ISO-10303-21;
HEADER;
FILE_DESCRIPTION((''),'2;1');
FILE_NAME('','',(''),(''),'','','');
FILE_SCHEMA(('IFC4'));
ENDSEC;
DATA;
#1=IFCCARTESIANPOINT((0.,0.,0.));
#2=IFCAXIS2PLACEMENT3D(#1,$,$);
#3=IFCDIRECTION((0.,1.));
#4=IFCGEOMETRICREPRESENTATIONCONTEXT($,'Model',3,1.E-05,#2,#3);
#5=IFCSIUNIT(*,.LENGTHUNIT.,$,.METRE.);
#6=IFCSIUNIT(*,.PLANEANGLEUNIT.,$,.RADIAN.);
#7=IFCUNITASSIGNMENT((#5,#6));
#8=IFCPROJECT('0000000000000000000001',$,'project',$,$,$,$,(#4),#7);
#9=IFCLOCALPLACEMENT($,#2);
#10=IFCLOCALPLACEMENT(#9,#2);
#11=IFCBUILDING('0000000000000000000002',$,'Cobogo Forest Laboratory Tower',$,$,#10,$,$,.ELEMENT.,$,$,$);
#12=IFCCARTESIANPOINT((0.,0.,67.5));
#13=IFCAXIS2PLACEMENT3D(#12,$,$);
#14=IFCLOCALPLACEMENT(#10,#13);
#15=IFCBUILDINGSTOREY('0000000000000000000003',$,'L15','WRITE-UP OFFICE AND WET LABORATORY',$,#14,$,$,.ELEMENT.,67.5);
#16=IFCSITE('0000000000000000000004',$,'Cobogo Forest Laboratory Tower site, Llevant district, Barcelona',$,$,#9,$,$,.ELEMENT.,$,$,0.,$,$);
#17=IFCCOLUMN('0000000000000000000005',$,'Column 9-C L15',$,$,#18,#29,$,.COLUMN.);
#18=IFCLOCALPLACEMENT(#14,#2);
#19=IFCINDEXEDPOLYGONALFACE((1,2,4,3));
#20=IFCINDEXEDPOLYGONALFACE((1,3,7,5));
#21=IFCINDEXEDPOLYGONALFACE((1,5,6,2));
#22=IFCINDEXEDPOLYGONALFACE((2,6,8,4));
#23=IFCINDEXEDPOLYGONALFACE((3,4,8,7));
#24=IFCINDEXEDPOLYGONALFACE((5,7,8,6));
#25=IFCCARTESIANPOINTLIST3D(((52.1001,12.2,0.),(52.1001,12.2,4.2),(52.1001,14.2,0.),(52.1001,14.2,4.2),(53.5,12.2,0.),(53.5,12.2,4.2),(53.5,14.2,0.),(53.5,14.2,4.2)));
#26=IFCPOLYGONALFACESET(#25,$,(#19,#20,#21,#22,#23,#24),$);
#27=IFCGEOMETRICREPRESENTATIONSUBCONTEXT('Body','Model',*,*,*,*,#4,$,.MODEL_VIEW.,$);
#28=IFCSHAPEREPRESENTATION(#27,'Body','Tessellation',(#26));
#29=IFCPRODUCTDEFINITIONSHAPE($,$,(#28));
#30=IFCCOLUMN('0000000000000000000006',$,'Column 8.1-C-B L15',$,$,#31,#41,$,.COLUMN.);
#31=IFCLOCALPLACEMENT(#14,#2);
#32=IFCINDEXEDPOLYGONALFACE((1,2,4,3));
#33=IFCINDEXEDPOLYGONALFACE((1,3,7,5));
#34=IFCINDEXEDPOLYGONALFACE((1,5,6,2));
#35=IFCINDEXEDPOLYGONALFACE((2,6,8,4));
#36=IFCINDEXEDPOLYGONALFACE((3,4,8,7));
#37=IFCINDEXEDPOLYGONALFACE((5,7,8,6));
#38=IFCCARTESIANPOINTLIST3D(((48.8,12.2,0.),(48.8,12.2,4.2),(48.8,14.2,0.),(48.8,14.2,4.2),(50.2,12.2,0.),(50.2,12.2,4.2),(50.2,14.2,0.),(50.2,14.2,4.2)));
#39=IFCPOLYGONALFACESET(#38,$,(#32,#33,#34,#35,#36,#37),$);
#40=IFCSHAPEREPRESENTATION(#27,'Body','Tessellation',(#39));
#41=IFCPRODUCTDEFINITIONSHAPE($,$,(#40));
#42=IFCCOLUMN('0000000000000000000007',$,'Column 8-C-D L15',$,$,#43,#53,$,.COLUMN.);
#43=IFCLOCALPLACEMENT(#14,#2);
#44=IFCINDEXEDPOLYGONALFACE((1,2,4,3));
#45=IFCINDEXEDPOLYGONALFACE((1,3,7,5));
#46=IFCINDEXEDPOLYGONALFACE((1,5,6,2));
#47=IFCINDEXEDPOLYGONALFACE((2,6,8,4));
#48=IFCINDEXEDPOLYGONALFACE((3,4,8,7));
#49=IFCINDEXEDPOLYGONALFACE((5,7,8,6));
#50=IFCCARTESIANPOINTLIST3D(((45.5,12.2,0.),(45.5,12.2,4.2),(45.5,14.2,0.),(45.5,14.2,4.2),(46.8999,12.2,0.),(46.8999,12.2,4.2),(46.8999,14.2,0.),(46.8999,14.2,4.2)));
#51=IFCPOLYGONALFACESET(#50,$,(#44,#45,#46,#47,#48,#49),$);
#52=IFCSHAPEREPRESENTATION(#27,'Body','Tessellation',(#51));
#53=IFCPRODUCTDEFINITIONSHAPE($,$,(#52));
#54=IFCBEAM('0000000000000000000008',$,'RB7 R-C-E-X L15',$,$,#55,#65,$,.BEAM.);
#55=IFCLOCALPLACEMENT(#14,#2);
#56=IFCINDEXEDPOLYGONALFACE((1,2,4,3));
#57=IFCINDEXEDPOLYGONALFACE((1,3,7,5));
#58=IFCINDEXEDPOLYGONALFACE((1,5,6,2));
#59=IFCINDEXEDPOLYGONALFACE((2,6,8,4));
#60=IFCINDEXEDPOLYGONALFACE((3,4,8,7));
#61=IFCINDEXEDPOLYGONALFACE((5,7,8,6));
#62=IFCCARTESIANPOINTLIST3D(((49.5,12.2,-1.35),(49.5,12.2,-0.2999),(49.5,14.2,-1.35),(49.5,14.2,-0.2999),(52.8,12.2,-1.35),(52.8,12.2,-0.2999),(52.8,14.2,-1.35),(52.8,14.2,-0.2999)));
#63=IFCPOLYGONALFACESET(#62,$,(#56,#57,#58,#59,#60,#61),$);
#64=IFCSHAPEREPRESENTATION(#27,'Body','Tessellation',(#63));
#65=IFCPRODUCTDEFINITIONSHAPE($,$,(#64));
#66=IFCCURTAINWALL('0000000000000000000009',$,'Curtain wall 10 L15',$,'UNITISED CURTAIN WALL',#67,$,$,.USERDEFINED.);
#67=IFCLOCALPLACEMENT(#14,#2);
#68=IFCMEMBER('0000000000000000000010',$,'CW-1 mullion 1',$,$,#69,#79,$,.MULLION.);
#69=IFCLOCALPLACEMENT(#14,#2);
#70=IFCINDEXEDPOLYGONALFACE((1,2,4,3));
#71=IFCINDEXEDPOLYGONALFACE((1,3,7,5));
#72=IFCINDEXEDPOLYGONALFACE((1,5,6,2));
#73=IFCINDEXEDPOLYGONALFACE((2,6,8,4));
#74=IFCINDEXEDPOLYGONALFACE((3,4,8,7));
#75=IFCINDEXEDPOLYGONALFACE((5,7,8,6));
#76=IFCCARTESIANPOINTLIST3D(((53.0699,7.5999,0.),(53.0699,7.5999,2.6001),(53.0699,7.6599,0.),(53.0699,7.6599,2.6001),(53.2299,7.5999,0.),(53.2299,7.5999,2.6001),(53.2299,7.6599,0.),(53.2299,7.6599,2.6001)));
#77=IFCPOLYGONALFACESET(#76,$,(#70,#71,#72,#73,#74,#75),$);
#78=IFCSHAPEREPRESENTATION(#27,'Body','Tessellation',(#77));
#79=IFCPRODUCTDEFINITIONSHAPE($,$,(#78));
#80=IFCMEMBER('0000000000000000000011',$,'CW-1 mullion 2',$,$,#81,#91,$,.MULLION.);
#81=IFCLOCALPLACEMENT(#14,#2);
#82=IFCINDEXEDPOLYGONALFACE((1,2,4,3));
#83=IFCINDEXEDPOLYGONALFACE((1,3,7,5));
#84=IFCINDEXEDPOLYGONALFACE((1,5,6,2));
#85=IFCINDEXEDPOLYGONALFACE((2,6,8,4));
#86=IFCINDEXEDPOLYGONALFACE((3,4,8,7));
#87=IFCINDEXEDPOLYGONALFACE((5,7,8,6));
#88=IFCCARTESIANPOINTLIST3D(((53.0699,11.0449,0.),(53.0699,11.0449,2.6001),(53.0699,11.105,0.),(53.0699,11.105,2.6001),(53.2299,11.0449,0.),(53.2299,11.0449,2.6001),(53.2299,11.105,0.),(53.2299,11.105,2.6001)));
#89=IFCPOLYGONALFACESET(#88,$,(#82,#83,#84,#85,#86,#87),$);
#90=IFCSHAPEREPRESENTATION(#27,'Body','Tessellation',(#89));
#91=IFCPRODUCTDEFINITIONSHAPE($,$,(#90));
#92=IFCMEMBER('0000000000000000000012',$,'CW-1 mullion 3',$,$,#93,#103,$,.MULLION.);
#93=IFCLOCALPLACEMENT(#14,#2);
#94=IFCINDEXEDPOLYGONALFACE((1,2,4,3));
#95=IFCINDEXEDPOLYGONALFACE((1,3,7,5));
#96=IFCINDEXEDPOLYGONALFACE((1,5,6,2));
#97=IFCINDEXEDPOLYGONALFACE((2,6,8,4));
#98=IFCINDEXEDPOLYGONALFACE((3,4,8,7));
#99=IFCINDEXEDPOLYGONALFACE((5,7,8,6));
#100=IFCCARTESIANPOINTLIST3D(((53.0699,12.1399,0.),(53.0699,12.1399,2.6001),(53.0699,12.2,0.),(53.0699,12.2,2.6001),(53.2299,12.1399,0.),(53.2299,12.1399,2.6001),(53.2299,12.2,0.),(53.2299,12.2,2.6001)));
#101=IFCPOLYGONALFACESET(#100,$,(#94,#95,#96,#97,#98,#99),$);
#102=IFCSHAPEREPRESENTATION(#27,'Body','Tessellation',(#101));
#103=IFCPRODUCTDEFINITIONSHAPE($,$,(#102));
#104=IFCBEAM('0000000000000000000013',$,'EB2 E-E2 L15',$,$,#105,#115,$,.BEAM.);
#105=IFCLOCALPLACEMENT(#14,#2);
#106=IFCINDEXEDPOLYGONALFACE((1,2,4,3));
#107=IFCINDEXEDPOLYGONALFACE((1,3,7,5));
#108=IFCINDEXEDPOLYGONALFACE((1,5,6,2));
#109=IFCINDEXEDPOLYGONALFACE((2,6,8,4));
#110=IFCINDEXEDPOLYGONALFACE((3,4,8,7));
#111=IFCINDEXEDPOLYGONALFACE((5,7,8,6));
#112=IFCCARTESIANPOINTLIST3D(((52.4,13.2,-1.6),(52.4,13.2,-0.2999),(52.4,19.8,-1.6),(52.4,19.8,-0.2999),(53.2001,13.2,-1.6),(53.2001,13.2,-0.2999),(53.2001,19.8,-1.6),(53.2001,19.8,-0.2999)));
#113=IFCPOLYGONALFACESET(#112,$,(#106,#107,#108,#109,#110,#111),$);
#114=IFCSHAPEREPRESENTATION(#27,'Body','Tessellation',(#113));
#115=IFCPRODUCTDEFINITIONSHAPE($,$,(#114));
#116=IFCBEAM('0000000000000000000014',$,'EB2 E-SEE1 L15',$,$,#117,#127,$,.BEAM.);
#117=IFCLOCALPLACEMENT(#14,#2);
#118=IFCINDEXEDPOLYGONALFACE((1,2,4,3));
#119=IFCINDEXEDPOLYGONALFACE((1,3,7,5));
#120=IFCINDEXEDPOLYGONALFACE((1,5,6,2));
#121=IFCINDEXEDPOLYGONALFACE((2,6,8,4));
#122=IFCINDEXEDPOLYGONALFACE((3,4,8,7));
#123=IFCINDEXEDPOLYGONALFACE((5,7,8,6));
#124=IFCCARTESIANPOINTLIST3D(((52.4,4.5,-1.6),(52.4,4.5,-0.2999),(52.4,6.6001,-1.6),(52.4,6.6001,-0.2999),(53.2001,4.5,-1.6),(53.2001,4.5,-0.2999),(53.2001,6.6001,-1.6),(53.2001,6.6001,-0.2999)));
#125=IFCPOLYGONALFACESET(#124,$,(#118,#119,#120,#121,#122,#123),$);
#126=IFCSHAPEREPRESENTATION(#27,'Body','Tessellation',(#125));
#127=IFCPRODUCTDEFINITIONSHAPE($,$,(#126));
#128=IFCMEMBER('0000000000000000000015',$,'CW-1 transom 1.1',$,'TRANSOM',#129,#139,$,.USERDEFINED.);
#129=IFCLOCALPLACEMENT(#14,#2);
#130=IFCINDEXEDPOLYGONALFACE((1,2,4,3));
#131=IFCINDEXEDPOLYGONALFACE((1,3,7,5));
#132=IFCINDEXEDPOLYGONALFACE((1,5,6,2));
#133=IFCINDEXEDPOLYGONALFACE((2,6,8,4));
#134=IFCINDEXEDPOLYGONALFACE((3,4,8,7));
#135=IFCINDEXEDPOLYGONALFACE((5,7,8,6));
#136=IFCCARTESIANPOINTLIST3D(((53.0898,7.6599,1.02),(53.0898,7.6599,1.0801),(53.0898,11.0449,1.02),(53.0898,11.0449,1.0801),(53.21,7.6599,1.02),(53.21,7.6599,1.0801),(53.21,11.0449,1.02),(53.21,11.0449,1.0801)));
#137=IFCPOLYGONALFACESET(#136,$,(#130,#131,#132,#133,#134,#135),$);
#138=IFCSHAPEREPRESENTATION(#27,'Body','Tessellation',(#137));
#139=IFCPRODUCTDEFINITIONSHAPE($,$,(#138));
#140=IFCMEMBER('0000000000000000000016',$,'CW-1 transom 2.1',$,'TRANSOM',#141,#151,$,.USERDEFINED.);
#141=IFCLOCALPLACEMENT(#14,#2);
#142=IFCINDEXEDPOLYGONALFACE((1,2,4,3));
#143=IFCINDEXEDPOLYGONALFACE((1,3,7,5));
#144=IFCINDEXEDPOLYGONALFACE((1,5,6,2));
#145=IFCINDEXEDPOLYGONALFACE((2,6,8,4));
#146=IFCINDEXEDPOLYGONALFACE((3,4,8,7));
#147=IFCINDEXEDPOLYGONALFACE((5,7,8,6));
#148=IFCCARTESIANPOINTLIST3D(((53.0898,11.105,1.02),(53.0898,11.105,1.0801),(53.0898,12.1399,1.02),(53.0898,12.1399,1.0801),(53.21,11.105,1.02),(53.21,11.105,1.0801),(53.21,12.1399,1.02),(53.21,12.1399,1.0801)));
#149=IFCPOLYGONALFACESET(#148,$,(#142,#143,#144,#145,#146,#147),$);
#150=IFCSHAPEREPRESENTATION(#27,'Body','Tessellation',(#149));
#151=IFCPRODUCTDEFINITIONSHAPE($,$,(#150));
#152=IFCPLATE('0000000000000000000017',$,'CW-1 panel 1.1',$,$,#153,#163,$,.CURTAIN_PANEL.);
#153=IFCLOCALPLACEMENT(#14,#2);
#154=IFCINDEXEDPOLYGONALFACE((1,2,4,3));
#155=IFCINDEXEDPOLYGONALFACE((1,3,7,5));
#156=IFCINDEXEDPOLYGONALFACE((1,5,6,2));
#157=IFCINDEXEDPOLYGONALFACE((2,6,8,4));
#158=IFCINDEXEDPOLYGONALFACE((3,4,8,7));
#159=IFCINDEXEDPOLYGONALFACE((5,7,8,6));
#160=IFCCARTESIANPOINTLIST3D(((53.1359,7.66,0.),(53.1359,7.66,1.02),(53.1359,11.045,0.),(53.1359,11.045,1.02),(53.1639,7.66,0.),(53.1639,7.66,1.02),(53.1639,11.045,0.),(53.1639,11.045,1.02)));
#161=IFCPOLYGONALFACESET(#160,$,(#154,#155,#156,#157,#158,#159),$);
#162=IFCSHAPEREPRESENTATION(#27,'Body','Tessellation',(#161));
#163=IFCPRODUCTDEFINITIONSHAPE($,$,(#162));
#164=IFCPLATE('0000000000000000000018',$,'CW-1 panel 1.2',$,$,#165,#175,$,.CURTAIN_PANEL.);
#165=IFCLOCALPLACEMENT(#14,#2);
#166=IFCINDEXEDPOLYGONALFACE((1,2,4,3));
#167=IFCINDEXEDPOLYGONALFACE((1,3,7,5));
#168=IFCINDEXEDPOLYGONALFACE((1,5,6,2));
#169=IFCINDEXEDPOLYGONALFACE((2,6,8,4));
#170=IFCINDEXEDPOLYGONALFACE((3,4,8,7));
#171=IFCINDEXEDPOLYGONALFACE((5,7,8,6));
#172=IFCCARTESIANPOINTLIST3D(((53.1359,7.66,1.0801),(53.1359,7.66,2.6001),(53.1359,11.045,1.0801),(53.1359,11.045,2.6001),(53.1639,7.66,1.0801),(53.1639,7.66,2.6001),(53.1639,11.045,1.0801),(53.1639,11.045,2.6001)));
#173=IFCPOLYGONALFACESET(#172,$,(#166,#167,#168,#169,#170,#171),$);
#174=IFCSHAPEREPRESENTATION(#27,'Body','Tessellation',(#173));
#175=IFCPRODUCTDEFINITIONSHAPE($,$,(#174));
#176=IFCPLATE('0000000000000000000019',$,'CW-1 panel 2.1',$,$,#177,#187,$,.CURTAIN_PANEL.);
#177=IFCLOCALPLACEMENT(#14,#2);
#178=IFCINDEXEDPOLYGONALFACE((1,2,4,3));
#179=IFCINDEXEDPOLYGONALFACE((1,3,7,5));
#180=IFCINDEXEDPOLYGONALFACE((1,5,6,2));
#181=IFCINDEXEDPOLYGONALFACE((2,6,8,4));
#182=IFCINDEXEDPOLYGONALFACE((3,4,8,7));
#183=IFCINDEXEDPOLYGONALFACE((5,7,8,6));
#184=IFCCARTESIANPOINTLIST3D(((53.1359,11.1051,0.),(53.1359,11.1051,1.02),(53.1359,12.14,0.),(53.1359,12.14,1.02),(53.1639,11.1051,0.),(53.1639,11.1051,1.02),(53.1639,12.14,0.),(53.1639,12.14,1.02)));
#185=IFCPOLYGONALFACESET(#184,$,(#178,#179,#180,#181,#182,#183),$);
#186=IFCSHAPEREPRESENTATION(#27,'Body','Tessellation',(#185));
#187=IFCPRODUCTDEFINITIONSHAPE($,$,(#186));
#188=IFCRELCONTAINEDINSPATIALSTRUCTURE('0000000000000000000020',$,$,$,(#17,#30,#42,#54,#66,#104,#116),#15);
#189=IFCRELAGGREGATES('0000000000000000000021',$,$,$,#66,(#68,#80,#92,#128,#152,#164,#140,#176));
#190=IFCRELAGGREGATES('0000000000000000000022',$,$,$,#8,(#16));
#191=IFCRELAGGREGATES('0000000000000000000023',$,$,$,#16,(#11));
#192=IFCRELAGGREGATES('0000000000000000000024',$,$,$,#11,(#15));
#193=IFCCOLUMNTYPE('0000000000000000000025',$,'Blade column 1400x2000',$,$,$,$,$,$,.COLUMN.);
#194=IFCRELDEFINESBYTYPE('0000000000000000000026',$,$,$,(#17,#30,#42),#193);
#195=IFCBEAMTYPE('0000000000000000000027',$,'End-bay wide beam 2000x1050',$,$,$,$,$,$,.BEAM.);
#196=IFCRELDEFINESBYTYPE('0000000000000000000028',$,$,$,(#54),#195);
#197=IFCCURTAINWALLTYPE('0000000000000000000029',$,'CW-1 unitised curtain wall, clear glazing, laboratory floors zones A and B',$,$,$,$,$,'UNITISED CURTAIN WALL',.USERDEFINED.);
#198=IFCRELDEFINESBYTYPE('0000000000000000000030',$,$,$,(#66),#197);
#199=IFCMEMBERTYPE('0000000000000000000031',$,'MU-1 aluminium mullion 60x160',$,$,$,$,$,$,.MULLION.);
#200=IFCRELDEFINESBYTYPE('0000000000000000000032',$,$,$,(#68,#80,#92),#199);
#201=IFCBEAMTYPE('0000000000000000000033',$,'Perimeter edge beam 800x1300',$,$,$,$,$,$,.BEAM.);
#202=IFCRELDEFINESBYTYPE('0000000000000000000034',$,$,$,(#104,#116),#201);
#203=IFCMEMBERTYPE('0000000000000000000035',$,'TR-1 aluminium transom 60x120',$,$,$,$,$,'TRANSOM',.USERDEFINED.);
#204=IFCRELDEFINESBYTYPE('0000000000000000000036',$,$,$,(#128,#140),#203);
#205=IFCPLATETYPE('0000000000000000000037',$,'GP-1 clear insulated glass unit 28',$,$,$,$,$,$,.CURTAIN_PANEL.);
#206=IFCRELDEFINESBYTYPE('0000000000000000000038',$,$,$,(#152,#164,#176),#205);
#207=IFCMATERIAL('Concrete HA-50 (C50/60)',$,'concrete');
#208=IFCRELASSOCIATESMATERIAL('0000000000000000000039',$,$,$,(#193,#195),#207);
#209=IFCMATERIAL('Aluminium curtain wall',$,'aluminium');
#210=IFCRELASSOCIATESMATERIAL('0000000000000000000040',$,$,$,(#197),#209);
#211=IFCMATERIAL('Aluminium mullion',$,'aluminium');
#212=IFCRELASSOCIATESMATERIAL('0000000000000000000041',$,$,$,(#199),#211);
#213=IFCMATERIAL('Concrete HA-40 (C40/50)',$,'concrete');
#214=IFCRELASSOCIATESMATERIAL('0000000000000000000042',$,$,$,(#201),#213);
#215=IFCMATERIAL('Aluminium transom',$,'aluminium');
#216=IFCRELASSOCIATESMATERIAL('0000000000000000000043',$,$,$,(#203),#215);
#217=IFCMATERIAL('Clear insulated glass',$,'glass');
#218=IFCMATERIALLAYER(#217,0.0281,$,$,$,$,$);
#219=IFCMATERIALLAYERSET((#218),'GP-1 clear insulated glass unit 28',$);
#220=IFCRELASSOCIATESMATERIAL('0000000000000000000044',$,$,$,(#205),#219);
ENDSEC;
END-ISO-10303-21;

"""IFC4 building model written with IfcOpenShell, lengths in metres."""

from ifc_helpers import new_model, si_unit, direction, frame, origin, origin_2d, place, context, subcontext, project, spatial, rectangle, extrude, material, layer, layer_set, material_profile, profile_set, type_object, element, aggregate, save


model = new_model("IFC4")

# Units and contexts
model_context = context("Model", 3, precision=1e-05, world=origin(), true_north=direction((0.0, 1.0)))
body_context = subcontext(model_context, "Body", "Model", "MODEL_VIEW")
ifc_project = project(units=[si_unit("LENGTHUNIT", "METRE"), si_unit("PLANEANGLEUNIT", "RADIAN")], contexts=[model_context])

# Site, building, storey
site_placement = place(None, origin())
site = spatial("IfcSite", under=ifc_project, at=site_placement, Name="Cobogo Forest Laboratory Tower site, Llevant district, Barcelona", CompositionType="ELEMENT", RefElevation=0.0)
building_placement = place(site_placement, origin())
building = spatial("IfcBuilding", under=site, at=building_placement, Name="Cobogo Forest Laboratory Tower", CompositionType="ELEMENT")
storey_placement = place(building_placement, frame((0.0, 0.0, 67.5)))
storey = spatial("IfcBuildingStorey", under=building, at=storey_placement, Name="L15", Description="WRITE-UP OFFICE AND WET LABORATORY", CompositionType="ELEMENT", Elevation=67.5)

# Columns
ifc_material_1 = material(Name="Concrete HA-50 (C50/60)", Category="concrete")
ifc_material_profile_1 = material_profile(ifc_material_1, rectangle(XDim=2.0, YDim=1.3999, at=origin_2d()), Name="RC 1400x2000")
ifc_profile_set_1 = profile_set([ifc_material_profile_1], Name="Concrete HA-50 (C50/60)")
column_type = type_object("IfcColumnType", Name="Blade column 1400x2000", PredefinedType="COLUMN", material=ifc_profile_set_1)
for number, where, z_axis, x_axis, name in (
    (1, (52.8, 13.2, 0.0), (0.0, 0.0, 1.0), (0.0, 1.0, 0.0), "Column 9-C L15"),
    (2, (49.5, 13.2, 0.0), (0.0, 0.0, 1.0), (0.0, 1.0, 0.0), "Column 8.1-C-B L15"),
    (3, (46.2, 13.2, 0.0), (0.0, 0.0, 1.0), (0.0, 1.0, 0.0), "Column 8-C-D L15"),
):
    element("IfcColumn", number, at=place(storey_placement, frame(where, z_axis=z_axis, x_axis=x_axis)), inside=storey, type_object=column_type, Name=name, PredefinedType="COLUMN", context=body_context, shape_type="SweptSolid", body=[
        extrude(rectangle(XDim=2.0, YDim=1.3999, at=origin_2d()), origin(), (0.0, 0.0, 1.0), 4.2),
    ])

# Beam
ifc_material_profile_2 = material_profile(ifc_material_1, rectangle(XDim=2.0, YDim=1.05, at=origin_2d()), Name="RC 2000x1050")
ifc_profile_set_2 = profile_set([ifc_material_profile_2], Name="Concrete HA-50 (C50/60)")
beam_type_1 = type_object("IfcBeamType", Name="End-bay wide beam 2000x1050", PredefinedType="BEAM", material=ifc_profile_set_2)
beam_1_placement = place(storey_placement, frame((52.8, 13.2, -0.825), z_axis=(-1.0, 0.0, 0.0), x_axis=(0.0, -1.0, 0.0)))
element("IfcBeam", 4, at=beam_1_placement, inside=storey, type_object=beam_type_1, Name="RB7 R-C-E-X L15", PredefinedType="BEAM", context=body_context, shape_type="SweptSolid", body=[
    extrude(rectangle(XDim=2.0, YDim=1.05, at=origin_2d()), origin(), (0.0, 0.0, 1.0), 3.3),
])

# Curtain wall, members
ifc_material_2 = material(Name="Aluminium curtain wall", Category="aluminium")
curtain_wall_type = type_object("IfcCurtainWallType", Name="CW-1 unitised curtain wall, clear glazing, laboratory floors zones A and B", ElementType="UNITISED CURTAIN WALL", PredefinedType="USERDEFINED", material=ifc_material_2)
curtain_wall_placement = place(storey_placement, origin())
curtain_wall = element("IfcCurtainWall", 5, at=curtain_wall_placement, inside=storey, type_object=curtain_wall_type, Name="Curtain wall 10 L15", ObjectType="UNITISED CURTAIN WALL", PredefinedType="USERDEFINED")
ifc_material_3 = material(Name="Aluminium mullion", Category="aluminium")
ifc_material_profile_3 = material_profile(ifc_material_3, rectangle(XDim=0.0601, YDim=0.1599, at=origin_2d()), Name="AL 60x160")
ifc_profile_set_3 = profile_set([ifc_material_profile_3], Name="Aluminium mullion")
member_type_1 = type_object("IfcMemberType", Name="MU-1 aluminium mullion 60x160", PredefinedType="MULLION", material=ifc_profile_set_3)
member_1_placement = place(storey_placement, frame((53.1499, 7.6299, 0.0), z_axis=(0.0, 0.0, 1.0), x_axis=(0.0, 1.0, 0.0)))
member_1 = element("IfcMember", 6, at=member_1_placement, type_object=member_type_1, Name="CW-1 mullion 1", PredefinedType="MULLION", context=body_context, shape_type="SweptSolid", body=[
    extrude(rectangle(XDim=0.0601, YDim=0.1599, at=origin_2d()), origin(), (0.0, 0.0, 1.0), 2.6001),
])
member_2_placement = place(storey_placement, frame((53.1499, 11.075, 0.0), z_axis=(0.0, 0.0, 1.0), x_axis=(0.0, 1.0, 0.0)))
member_2 = element("IfcMember", 7, at=member_2_placement, type_object=member_type_1, Name="CW-1 mullion 2", PredefinedType="MULLION", context=body_context, shape_type="SweptSolid", body=[
    extrude(rectangle(XDim=0.0601, YDim=0.1599, at=origin_2d()), origin(), (0.0, 0.0, 1.0), 2.6001),
])
member_3_placement = place(storey_placement, frame((53.1499, 12.1699, 0.0), z_axis=(0.0, 0.0, 1.0), x_axis=(0.0, 1.0, 0.0)))
member_3 = element("IfcMember", 8, at=member_3_placement, type_object=member_type_1, Name="CW-1 mullion 3", PredefinedType="MULLION", context=body_context, shape_type="SweptSolid", body=[
    extrude(rectangle(XDim=0.0601, YDim=0.1599, at=origin_2d()), origin(), (0.0, 0.0, 1.0), 2.6001),
])

# Beams
ifc_material_4 = material(Name="Concrete HA-40 (C40/50)", Category="concrete")
ifc_material_profile_4 = material_profile(ifc_material_4, rectangle(XDim=0.8, YDim=1.3, at=origin_2d()), Name="RC 800x1300")
ifc_profile_set_4 = profile_set([ifc_material_profile_4], Name="Concrete HA-40 (C40/50)")
beam_type_2 = type_object("IfcBeamType", Name="Perimeter edge beam 800x1300", PredefinedType="BEAM", material=ifc_profile_set_4)
beam_2_placement = place(storey_placement, frame((52.8, 13.2, -0.95), z_axis=(0.0, 1.0, 0.0), x_axis=(-1.0, 0.0, 0.0)))
element("IfcBeam", 9, at=beam_2_placement, inside=storey, type_object=beam_type_2, Name="EB2 E-E2 L15", PredefinedType="BEAM", context=body_context, shape_type="SweptSolid", body=[
    extrude(rectangle(XDim=0.8, YDim=1.3, at=origin_2d()), origin(), (0.0, 0.0, 1.0), 6.6001),
])
beam_3_placement = place(storey_placement, frame((52.8, 6.6001, -0.95), z_axis=(0.0, -1.0, 0.0), x_axis=(1.0, 0.0, 0.0)))
element("IfcBeam", 10, at=beam_3_placement, inside=storey, type_object=beam_type_2, Name="EB2 E-SEE1 L15", PredefinedType="BEAM", context=body_context, shape_type="SweptSolid", body=[
    extrude(rectangle(XDim=0.8, YDim=1.3, at=origin_2d()), origin(), (0.0, 0.0, 1.0), 2.1001),
])

# Members
ifc_material_5 = material(Name="Aluminium transom", Category="aluminium")
ifc_material_profile_5 = material_profile(ifc_material_5, rectangle(XDim=0.1201, YDim=0.0601, at=origin_2d()), Name="AL 60x120")
ifc_profile_set_5 = profile_set([ifc_material_profile_5], Name="Aluminium transom")
member_type_2 = type_object("IfcMemberType", Name="TR-1 aluminium transom 60x120", ElementType="TRANSOM", PredefinedType="USERDEFINED", material=ifc_profile_set_5)
member_4_placement = place(storey_placement, frame((53.1499, 7.6599, 1.05), z_axis=(0.0, 1.0, 0.0), x_axis=(-1.0, 0.0, 0.0)))
member_4 = element("IfcMember", 11, at=member_4_placement, type_object=member_type_2, Name="CW-1 transom 1.1", ObjectType="TRANSOM", PredefinedType="USERDEFINED", context=body_context, shape_type="SweptSolid", body=[
    extrude(rectangle(XDim=0.1201, YDim=0.0601, at=origin_2d()), origin(), (0.0, 0.0, 1.0), 3.385),
])
member_5_placement = place(storey_placement, frame((53.1499, 11.105, 1.05), z_axis=(0.0, 1.0, 0.0), x_axis=(-1.0, 0.0, 0.0)))
member_5 = element("IfcMember", 12, at=member_5_placement, type_object=member_type_2, Name="CW-1 transom 2.1", ObjectType="TRANSOM", PredefinedType="USERDEFINED", context=body_context, shape_type="SweptSolid", body=[
    extrude(rectangle(XDim=0.1201, YDim=0.0601, at=origin_2d()), origin(), (0.0, 0.0, 1.0), 1.0349),
])

# Plates
ifc_material_6 = material(Name="Clear insulated glass", Category="glass")
ifc_layer_1 = layer(ifc_material_6, 0.0281)
ifc_layer_set_1 = layer_set([ifc_layer_1], Name="GP-1 clear insulated glass unit 28")
plate_type_1 = type_object("IfcPlateType", Name="GP-1 clear insulated glass unit 28", PredefinedType="CURTAIN_PANEL", material=ifc_layer_set_1)
plate_1_placement = place(storey_placement, frame((53.1499, 9.3525, 0.0), z_axis=(0.0, 0.0, 1.0), x_axis=(0.0, 1.0, 0.0)))
plate_1 = element("IfcPlate", 13, at=plate_1_placement, type_object=plate_type_1, Name="CW-1 panel 1.1", PredefinedType="CURTAIN_PANEL", context=body_context, shape_type="SweptSolid", body=[
    extrude(rectangle(XDim=3.385, YDim=0.0281, at=origin_2d()), origin(), (0.0, 0.0, 1.0), 1.02),
])
plate_2_placement = place(storey_placement, frame((53.1499, 9.3525, 1.0801), z_axis=(0.0, 0.0, 1.0), x_axis=(0.0, 1.0, 0.0)))
plate_2 = element("IfcPlate", 14, at=plate_2_placement, type_object=plate_type_1, Name="CW-1 panel 1.2", PredefinedType="CURTAIN_PANEL", context=body_context, shape_type="SweptSolid", body=[
    extrude(rectangle(XDim=3.385, YDim=0.0281, at=origin_2d()), origin(), (0.0, 0.0, 1.0), 1.52),
])
plate_3_placement = place(storey_placement, frame((53.1499, 11.6226, 0.0), z_axis=(0.0, 0.0, 1.0), x_axis=(0.0, 1.0, 0.0)))
plate_3 = element("IfcPlate", 15, at=plate_3_placement, type_object=plate_type_1, Name="CW-1 panel 2.1", PredefinedType="CURTAIN_PANEL", context=body_context, shape_type="SweptSolid", body=[
    extrude(rectangle(XDim=1.0349, YDim=0.0281, at=origin_2d()), origin(), (0.0, 0.0, 1.0), 1.02),
])
aggregate(curtain_wall, [member_1, member_2, member_3, member_4, plate_1, plate_2, member_5, plate_3])

save(model, "model.ifc")
